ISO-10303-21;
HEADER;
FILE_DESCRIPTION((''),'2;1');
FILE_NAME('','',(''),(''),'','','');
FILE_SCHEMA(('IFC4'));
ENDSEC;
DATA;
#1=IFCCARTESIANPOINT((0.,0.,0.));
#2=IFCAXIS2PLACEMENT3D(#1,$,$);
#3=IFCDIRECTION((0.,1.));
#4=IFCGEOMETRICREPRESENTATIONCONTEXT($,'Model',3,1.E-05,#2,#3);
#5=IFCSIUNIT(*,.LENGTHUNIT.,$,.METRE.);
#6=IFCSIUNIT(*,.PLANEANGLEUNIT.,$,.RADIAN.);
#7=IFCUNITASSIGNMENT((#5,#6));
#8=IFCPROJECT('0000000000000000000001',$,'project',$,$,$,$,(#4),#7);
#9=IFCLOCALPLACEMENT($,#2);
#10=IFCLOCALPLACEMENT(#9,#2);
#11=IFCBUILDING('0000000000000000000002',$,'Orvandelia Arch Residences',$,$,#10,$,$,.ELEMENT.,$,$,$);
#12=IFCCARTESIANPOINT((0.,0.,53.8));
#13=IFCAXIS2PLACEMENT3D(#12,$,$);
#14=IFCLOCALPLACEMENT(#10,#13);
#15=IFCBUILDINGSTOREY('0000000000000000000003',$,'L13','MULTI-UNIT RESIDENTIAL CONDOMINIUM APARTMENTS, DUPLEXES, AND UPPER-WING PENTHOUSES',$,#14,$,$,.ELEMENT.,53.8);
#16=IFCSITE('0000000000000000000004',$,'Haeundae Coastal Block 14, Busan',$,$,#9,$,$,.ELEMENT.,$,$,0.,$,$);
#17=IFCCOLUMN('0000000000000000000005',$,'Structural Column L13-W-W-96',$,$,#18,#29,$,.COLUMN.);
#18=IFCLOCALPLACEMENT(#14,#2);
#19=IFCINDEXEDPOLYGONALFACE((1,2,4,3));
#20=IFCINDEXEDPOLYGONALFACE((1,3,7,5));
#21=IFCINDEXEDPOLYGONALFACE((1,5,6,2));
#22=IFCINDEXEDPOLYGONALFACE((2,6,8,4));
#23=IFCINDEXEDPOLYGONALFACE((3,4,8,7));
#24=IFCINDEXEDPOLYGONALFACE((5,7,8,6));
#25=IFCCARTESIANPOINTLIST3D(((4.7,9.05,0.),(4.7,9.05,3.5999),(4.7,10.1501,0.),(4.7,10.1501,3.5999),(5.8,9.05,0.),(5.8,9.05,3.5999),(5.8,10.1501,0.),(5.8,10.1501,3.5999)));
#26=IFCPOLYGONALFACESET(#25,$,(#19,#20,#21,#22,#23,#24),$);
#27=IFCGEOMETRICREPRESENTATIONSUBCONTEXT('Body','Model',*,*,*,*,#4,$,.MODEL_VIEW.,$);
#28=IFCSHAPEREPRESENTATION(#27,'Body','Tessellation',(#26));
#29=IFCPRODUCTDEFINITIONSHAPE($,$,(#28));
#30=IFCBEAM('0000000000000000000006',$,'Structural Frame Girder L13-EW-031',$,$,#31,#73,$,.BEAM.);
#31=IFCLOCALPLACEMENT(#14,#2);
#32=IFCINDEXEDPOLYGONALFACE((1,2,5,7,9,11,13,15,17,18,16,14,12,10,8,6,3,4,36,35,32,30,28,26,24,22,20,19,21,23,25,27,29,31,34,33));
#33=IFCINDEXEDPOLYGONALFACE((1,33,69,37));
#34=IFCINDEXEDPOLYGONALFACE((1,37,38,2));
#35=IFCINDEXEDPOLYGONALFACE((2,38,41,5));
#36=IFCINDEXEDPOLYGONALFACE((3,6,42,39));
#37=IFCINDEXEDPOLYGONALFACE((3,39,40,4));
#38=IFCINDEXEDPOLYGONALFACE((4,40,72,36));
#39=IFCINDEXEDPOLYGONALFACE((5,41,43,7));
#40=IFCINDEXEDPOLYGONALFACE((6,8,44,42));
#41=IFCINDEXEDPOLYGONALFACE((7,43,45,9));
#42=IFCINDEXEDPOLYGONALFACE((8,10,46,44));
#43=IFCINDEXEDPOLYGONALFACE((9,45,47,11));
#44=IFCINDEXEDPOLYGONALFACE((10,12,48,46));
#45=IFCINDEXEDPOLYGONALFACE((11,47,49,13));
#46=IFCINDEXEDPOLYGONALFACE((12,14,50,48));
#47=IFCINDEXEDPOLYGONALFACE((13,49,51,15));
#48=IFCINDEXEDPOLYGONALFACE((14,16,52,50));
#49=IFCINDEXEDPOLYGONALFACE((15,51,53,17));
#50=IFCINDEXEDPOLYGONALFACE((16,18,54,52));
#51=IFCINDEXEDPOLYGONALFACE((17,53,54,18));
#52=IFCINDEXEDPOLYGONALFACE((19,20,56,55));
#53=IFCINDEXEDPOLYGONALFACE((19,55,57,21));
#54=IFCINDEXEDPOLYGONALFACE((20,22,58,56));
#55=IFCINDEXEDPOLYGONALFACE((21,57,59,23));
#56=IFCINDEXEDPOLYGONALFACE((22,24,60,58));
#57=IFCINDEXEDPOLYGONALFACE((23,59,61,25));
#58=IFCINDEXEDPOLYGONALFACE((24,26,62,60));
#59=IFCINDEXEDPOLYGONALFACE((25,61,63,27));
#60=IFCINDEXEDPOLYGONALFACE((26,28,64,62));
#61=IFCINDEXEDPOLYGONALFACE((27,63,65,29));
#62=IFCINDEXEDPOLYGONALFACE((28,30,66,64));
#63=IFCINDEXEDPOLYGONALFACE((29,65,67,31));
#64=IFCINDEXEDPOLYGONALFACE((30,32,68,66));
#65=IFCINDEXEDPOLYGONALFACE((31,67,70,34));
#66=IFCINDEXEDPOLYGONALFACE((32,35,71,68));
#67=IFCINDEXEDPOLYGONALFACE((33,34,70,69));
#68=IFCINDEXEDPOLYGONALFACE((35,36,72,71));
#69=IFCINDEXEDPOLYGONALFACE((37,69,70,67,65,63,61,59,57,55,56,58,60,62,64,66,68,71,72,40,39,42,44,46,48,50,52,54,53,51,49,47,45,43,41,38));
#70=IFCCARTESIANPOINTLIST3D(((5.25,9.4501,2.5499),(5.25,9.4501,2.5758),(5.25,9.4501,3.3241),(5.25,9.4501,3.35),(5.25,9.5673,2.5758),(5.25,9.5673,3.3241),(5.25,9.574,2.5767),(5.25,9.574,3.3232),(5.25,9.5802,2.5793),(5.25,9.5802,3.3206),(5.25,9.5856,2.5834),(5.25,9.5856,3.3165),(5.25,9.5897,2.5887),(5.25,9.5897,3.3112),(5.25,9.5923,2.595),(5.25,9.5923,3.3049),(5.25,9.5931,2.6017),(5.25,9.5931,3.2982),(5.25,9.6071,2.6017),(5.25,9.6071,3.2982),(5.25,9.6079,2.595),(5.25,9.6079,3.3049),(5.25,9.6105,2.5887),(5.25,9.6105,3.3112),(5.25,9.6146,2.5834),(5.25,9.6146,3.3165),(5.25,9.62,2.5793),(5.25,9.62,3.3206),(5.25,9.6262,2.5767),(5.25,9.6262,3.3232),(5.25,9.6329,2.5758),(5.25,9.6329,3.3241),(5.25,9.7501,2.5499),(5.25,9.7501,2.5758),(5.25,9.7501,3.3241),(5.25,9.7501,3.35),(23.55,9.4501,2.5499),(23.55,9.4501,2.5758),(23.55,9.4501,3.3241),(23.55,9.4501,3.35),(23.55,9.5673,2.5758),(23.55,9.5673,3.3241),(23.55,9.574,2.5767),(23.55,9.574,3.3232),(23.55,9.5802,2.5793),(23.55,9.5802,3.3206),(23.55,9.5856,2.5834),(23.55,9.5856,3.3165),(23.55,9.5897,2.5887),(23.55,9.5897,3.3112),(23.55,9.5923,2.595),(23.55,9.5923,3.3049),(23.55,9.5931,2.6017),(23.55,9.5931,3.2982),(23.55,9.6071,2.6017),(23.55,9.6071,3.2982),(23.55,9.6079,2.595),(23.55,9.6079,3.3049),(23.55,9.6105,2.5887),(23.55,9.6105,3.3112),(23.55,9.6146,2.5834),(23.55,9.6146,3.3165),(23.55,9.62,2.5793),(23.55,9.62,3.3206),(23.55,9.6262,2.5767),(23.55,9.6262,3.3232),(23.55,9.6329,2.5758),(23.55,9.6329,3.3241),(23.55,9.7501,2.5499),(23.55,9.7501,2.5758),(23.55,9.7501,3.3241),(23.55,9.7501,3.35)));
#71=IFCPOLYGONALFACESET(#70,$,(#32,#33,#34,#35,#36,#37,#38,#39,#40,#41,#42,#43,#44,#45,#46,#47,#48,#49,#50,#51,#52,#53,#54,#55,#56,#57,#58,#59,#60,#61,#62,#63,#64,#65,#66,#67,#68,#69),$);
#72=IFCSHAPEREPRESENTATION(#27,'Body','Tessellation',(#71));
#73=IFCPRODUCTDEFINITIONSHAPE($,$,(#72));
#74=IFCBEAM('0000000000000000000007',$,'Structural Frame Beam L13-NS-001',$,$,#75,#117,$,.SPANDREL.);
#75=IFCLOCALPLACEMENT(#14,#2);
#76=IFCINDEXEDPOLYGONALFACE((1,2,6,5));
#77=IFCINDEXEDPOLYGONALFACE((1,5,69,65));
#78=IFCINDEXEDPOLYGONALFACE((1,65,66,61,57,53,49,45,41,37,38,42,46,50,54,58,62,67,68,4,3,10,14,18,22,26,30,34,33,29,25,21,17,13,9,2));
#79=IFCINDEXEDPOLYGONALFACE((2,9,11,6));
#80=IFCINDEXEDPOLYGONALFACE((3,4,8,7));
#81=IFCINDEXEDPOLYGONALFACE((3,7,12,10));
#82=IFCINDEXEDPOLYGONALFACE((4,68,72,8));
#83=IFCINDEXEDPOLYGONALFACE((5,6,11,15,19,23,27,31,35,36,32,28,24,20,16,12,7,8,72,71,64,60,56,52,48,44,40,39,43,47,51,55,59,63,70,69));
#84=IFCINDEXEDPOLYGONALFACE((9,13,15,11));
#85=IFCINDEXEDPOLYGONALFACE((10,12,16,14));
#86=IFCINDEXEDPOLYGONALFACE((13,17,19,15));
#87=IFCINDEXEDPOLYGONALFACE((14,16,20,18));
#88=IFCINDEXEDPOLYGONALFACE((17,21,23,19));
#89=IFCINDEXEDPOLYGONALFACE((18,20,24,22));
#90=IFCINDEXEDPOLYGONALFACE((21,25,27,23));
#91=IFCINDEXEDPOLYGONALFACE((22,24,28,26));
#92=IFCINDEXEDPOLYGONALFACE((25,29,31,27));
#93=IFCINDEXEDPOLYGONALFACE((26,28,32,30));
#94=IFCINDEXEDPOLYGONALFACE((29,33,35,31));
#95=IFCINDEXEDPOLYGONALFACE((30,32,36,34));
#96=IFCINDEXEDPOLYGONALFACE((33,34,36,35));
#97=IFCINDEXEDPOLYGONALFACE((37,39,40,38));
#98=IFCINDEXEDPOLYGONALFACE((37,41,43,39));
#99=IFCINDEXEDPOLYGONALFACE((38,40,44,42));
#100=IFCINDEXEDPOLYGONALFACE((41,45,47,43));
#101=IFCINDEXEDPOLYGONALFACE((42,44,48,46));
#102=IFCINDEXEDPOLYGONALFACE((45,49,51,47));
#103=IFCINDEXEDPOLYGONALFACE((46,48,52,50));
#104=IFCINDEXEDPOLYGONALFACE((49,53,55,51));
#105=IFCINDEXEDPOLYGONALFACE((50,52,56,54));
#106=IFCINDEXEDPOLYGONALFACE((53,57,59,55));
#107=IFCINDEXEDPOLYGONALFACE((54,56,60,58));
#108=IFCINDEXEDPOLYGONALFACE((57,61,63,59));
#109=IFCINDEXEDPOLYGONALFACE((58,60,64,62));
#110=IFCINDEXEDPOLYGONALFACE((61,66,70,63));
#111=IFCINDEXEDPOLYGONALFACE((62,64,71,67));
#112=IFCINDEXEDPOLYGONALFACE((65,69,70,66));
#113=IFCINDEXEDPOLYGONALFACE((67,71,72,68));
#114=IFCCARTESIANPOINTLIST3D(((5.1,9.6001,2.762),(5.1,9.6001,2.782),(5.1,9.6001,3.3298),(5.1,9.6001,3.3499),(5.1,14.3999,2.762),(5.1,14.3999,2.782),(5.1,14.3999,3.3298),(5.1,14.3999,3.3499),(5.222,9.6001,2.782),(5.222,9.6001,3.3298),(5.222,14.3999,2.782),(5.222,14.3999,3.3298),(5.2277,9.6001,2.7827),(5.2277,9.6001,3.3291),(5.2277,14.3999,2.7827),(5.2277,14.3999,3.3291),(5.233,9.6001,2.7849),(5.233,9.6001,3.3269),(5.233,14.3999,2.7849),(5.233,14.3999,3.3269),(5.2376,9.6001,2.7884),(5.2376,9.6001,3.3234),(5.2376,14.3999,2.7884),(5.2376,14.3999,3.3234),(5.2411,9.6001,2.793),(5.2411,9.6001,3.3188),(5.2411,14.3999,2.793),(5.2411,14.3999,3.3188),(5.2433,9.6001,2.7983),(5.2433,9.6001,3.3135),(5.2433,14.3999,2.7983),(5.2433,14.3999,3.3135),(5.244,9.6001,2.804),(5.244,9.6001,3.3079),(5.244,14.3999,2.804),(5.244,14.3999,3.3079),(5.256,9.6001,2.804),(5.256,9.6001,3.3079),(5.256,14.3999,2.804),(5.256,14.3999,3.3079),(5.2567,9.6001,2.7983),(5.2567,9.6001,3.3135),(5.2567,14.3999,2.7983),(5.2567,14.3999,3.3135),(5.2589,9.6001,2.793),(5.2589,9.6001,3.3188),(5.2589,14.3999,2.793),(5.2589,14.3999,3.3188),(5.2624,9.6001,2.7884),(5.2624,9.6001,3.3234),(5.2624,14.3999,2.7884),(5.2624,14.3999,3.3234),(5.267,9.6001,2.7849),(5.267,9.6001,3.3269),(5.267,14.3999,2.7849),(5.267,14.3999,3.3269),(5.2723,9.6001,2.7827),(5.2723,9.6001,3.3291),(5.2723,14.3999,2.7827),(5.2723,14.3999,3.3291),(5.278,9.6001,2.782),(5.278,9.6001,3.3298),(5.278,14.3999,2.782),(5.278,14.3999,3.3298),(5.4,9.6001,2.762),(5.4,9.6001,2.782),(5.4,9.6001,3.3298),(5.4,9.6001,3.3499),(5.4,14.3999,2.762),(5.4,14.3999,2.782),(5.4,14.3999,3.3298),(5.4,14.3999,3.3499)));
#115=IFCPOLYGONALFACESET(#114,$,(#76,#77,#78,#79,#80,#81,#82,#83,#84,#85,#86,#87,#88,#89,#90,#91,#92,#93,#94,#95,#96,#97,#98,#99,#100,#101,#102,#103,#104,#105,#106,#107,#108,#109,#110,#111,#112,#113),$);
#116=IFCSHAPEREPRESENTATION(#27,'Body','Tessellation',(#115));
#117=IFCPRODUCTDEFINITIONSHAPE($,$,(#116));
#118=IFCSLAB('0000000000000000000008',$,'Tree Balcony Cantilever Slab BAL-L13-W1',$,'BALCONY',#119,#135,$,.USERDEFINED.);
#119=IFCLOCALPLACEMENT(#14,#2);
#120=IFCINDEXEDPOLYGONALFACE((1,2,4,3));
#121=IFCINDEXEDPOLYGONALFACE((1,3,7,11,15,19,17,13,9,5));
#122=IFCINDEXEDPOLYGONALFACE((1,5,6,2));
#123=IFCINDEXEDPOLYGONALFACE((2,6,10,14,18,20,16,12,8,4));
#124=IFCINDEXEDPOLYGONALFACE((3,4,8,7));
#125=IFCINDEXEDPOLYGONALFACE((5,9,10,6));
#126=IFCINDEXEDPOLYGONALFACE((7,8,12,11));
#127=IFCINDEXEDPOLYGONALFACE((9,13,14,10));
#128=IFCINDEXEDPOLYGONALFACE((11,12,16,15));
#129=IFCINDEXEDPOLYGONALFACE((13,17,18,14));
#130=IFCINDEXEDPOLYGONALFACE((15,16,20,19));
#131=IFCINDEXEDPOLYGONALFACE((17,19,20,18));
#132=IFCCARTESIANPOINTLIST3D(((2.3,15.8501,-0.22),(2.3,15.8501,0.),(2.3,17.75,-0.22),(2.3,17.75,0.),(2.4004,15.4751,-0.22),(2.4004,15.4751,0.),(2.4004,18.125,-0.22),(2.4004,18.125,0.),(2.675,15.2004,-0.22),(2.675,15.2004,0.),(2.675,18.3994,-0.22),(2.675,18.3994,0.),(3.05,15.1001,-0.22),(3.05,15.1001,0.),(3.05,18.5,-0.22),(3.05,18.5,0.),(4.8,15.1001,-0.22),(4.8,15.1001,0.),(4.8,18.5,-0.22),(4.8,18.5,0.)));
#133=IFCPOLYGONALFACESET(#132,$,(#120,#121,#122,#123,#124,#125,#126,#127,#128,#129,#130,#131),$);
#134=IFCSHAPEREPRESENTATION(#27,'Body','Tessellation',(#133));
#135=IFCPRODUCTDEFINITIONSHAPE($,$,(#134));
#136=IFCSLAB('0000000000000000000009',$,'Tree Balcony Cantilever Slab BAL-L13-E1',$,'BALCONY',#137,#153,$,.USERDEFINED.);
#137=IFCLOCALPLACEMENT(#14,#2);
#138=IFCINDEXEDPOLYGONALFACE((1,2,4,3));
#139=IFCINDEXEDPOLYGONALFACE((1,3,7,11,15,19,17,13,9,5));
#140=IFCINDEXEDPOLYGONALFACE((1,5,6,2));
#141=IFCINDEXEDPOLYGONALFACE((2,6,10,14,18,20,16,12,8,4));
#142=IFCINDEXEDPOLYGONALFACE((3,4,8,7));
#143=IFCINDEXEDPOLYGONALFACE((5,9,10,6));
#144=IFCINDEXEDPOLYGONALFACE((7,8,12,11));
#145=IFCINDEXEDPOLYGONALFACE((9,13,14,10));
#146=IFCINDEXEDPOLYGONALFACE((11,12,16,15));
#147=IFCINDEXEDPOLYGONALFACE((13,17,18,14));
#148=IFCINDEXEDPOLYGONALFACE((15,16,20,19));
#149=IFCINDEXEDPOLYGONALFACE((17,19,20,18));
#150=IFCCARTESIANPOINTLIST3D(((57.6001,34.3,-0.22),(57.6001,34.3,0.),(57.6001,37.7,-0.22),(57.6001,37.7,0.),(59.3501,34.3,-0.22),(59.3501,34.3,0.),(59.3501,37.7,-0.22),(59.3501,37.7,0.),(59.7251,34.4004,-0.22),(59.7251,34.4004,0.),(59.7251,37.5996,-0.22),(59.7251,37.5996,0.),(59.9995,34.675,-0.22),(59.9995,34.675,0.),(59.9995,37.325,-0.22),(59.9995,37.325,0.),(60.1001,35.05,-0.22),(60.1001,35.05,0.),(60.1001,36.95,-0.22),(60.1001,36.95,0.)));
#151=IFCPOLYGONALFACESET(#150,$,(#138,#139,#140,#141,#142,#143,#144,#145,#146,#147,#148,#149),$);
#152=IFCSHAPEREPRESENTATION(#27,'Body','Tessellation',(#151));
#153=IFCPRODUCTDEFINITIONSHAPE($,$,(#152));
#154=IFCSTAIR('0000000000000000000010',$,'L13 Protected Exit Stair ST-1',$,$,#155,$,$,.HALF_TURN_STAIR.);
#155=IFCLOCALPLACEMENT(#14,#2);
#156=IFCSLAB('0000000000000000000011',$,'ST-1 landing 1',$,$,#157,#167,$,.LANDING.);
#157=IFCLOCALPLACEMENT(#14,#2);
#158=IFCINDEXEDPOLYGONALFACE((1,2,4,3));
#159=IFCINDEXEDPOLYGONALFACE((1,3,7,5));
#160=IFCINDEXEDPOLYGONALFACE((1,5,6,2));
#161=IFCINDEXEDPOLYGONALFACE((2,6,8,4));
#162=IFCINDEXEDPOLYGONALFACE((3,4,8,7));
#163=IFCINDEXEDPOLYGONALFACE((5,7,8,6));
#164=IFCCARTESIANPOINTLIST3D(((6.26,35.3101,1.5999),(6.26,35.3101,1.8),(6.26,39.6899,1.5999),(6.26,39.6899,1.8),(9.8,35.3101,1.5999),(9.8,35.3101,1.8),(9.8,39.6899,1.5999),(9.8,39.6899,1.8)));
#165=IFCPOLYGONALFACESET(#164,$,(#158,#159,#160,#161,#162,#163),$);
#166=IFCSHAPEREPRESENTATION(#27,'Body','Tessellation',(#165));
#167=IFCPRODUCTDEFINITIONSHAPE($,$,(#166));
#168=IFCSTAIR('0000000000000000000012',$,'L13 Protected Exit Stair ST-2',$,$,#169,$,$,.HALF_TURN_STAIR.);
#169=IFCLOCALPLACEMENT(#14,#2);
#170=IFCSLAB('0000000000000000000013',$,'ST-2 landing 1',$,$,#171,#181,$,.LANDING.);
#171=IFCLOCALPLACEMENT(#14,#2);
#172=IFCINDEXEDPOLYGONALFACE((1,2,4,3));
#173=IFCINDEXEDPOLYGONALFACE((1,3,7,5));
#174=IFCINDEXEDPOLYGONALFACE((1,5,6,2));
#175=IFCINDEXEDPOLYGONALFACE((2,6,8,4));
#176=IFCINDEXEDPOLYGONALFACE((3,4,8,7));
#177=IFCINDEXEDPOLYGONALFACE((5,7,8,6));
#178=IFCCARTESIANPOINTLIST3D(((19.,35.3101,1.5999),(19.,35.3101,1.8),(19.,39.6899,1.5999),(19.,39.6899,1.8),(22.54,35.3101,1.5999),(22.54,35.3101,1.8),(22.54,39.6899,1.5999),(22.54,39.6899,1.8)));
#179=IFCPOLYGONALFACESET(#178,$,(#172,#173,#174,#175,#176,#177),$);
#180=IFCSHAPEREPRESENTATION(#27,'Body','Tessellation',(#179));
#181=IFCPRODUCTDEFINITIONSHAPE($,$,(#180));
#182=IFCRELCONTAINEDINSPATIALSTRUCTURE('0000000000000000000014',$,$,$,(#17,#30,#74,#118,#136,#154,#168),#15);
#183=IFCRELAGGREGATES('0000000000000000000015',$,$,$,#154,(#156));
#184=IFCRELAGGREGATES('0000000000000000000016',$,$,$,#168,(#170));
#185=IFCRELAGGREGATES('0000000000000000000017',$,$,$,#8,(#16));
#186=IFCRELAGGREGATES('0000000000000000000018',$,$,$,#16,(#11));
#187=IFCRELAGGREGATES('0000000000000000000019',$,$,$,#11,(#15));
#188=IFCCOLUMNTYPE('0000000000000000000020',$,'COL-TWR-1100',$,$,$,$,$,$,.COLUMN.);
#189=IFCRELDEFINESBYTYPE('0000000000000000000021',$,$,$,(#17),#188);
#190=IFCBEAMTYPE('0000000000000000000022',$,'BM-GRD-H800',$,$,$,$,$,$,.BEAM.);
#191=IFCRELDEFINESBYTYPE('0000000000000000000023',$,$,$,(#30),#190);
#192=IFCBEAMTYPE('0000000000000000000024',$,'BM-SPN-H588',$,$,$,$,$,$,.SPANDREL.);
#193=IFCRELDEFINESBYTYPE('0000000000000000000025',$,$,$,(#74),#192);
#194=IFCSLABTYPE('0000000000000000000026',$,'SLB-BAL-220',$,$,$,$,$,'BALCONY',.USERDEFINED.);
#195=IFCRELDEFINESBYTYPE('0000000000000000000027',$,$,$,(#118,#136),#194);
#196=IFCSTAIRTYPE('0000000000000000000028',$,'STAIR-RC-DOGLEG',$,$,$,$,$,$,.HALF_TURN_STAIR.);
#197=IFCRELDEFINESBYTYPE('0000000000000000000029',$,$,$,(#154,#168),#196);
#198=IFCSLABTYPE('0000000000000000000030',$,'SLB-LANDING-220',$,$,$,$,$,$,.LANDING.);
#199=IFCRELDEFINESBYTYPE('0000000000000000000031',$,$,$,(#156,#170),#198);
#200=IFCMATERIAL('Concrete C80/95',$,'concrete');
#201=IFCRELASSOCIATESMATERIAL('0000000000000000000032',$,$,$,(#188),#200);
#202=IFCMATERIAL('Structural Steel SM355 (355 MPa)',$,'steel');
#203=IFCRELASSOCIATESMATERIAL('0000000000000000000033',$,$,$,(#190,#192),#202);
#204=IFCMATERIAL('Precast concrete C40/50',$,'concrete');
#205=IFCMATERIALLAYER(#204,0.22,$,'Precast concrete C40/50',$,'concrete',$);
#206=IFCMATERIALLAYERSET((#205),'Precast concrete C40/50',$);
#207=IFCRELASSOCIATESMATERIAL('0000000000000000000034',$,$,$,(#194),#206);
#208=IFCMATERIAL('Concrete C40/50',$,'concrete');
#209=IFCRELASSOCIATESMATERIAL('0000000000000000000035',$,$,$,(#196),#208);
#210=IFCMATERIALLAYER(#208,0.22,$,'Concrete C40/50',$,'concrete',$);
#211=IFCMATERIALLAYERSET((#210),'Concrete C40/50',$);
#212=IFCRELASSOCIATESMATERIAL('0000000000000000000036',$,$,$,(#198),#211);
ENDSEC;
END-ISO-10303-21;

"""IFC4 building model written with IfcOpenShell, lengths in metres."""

from ifc_helpers import new_model, si_unit, direction, frame, origin, origin_2d, place, context, subcontext, project, spatial, polyline, rectangle, i_section, outline, extrude, material, layer, layer_set, material_profile, profile_set, type_object, element, aggregate, save


model = new_model("IFC4")

# Units and contexts
model_context = context("Model", 3, precision=1e-05, world=origin(), true_north=direction((0.0, 1.0)))
body_context = subcontext(model_context, "Body", "Model", "MODEL_VIEW")
ifc_project = project(units=[si_unit("LENGTHUNIT", "METRE"), si_unit("PLANEANGLEUNIT", "RADIAN")], contexts=[model_context])

# Site, building, storey
site_placement = place(None, origin())
site = spatial("IfcSite", under=ifc_project, at=site_placement, Name="Haeundae Coastal Block 14, Busan", CompositionType="ELEMENT", RefElevation=0.0)
building_placement = place(site_placement, origin())
building = spatial("IfcBuilding", under=site, at=building_placement, Name="Orvandelia Arch Residences", CompositionType="ELEMENT")
storey_placement = place(building_placement, frame((0.0, 0.0, 53.8)))
storey = spatial("IfcBuildingStorey", under=building, at=storey_placement, Name="L13", Description="MULTI-UNIT RESIDENTIAL CONDOMINIUM APARTMENTS, DUPLEXES, AND UPPER-WING PENTHOUSES", CompositionType="ELEMENT", Elevation=53.8)

# Column
ifc_material_1 = material(Name="Concrete C80/95", Category="concrete")
ifc_material_profile_1 = material_profile(ifc_material_1, rectangle(XDim=1.1001, YDim=1.1001, at=origin_2d()), Name="Concrete C80/95", Category="concrete")
ifc_profile_set_1 = profile_set([ifc_material_profile_1], Name="Concrete C80/95")
column_type = type_object("IfcColumnType", Name="COL-TWR-1100", PredefinedType="COLUMN", material=ifc_profile_set_1)
column_placement = place(storey_placement, frame((5.25, 9.6001, 0.0), z_axis=(0.0, 0.0, 1.0), x_axis=(1.0, 0.0, 0.0)))
element("IfcColumn", 1, at=column_placement, inside=storey, type_object=column_type, Name="Structural Column L13-W-W-96", PredefinedType="COLUMN", context=body_context, shape_type="SweptSolid", body=[
    extrude(rectangle(XDim=1.1001, YDim=1.1001, at=origin_2d()), origin(), (0.0, 0.0, 1.0), 3.5999),
])

# Beams
ifc_material_2 = material(Name="Structural Steel SM355 (355 MPa)", Category="steel")
ifc_material_profile_2 = material_profile(ifc_material_2, i_section(OverallWidth=0.3, OverallDepth=0.8, WebThickness=0.0139, FlangeThickness=0.0259, FilletRadius=0.0259, at=origin_2d()), Name="Structural Steel SM355 (355 MPa)", Category="steel")
ifc_profile_set_2 = profile_set([ifc_material_profile_2], Name="Structural Steel SM355 (355 MPa)")
beam_type_1 = type_object("IfcBeamType", Name="BM-GRD-H800", PredefinedType="BEAM", material=ifc_profile_set_2)
beam_1_placement = place(storey_placement, frame((5.25, 9.6001, 2.95), z_axis=(1.0, 0.0, 0.0), x_axis=(0.0, 1.0, 0.0)))
element("IfcBeam", 2, at=beam_1_placement, inside=storey, type_object=beam_type_1, Name="Structural Frame Girder L13-EW-031", PredefinedType="BEAM", context=body_context, shape_type="SweptSolid", body=[
    extrude(i_section(OverallWidth=0.3, OverallDepth=0.8, WebThickness=0.0139, FlangeThickness=0.0259, FilletRadius=0.0259, at=origin_2d()), origin(), (0.0, 0.0, 1.0), 18.3),
])
ifc_material_profile_3 = material_profile(ifc_material_2, i_section(OverallWidth=0.3, OverallDepth=0.5879, WebThickness=0.012, FlangeThickness=0.02, FilletRadius=0.022, at=origin_2d()), Name="Structural Steel SM355 (355 MPa)", Category="steel")
ifc_profile_set_3 = profile_set([ifc_material_profile_3], Name="Structural Steel SM355 (355 MPa)")
beam_type_2 = type_object("IfcBeamType", Name="BM-SPN-H588", PredefinedType="SPANDREL", material=ifc_profile_set_3)
beam_2_placement = place(storey_placement, frame((5.25, 9.6001, 3.0559), z_axis=(0.0, 1.0, 0.0), x_axis=(-1.0, 0.0, 0.0)))
element("IfcBeam", 3, at=beam_2_placement, inside=storey, type_object=beam_type_2, Name="Structural Frame Beam L13-NS-001", PredefinedType="SPANDREL", context=body_context, shape_type="SweptSolid", body=[
    extrude(i_section(OverallWidth=0.3, OverallDepth=0.5879, WebThickness=0.012, FlangeThickness=0.02, FilletRadius=0.022, at=origin_2d()), origin(), (0.0, 0.0, 1.0), 4.7998),
])

# Slabs
ifc_material_3 = material(Name="Precast concrete C40/50", Category="concrete")
ifc_layer_1 = layer(ifc_material_3, 0.22, Name="Precast concrete C40/50", Category="concrete")
ifc_layer_set_1 = layer_set([ifc_layer_1], Name="Precast concrete C40/50")
slab_type_1 = type_object("IfcSlabType", Name="SLB-BAL-220", ElementType="BALCONY", PredefinedType="USERDEFINED", material=ifc_layer_set_1)
slab_1_placement = place(storey_placement, frame((0.0, 0.0, -0.22)))
element("IfcSlab", 4, at=slab_1_placement, inside=storey, type_object=slab_type_1, Name="Tree Balcony Cantilever Slab BAL-L13-W1", ObjectType="BALCONY", PredefinedType="USERDEFINED", context=body_context, shape_type="SweptSolid", body=[
    extrude(outline(polyline([(4.8, 15.1001), (4.8, 18.5), (3.05, 18.5), (2.675, 18.3994), (2.4004, 18.125), (2.3, 17.75), (2.3, 15.8501), (2.4004, 15.4751), (2.675, 15.2004), (3.05, 15.1001), (4.8, 15.1001)])), origin(), (0.0, 0.0, 1.0), 0.22),
])
slab_2_placement = place(storey_placement, frame((0.0, 0.0, -0.22)))
element("IfcSlab", 5, at=slab_2_placement, inside=storey, type_object=slab_type_1, Name="Tree Balcony Cantilever Slab BAL-L13-E1", ObjectType="BALCONY", PredefinedType="USERDEFINED", context=body_context, shape_type="SweptSolid", body=[
    extrude(outline(polyline([(57.6001, 37.7), (57.6001, 34.3), (59.3501, 34.3), (59.7251, 34.4004), (59.9995, 34.675), (60.1001, 35.05), (60.1001, 36.95), (59.9995, 37.325), (59.7251, 37.5996), (59.3501, 37.7), (57.6001, 37.7)])), origin(), (0.0, 0.0, 1.0), 0.22),
])

# Stairs, slabs
ifc_material_4 = material(Name="Concrete C40/50", Category="concrete")
stair_type = type_object("IfcStairType", Name="STAIR-RC-DOGLEG", PredefinedType="HALF_TURN_STAIR", material=ifc_material_4)
stair_1_placement = place(storey_placement, origin())
stair_1 = element("IfcStair", 6, at=stair_1_placement, inside=storey, type_object=stair_type, Name="L13 Protected Exit Stair ST-1", PredefinedType="HALF_TURN_STAIR")
ifc_layer_2 = layer(ifc_material_4, 0.22, Name="Concrete C40/50", Category="concrete")
ifc_layer_set_2 = layer_set([ifc_layer_2], Name="Concrete C40/50")
slab_type_2 = type_object("IfcSlabType", Name="SLB-LANDING-220", PredefinedType="LANDING", material=ifc_layer_set_2)
slab_3_placement = place(storey_placement, frame((0.0, 0.0, 1.5999)))
slab_3 = element("IfcSlab", 7, at=slab_3_placement, type_object=slab_type_2, Name="ST-1 landing 1", PredefinedType="LANDING", context=body_context, shape_type="SweptSolid", body=[
    extrude(outline(polyline([(9.8, 35.3101), (9.8, 39.6899), (6.26, 39.6899), (6.26, 35.3101), (9.8, 35.3101)])), origin(), (0.0, 0.0, 1.0), 0.2002),
])
aggregate(stair_1, [slab_3])
stair_2_placement = place(storey_placement, origin())
stair_2 = element("IfcStair", 8, at=stair_2_placement, inside=storey, type_object=stair_type, Name="L13 Protected Exit Stair ST-2", PredefinedType="HALF_TURN_STAIR")
slab_4_placement = place(storey_placement, frame((0.0, 0.0, 1.5999)))
slab_4 = element("IfcSlab", 9, at=slab_4_placement, type_object=slab_type_2, Name="ST-2 landing 1", PredefinedType="LANDING", context=body_context, shape_type="SweptSolid", body=[
    extrude(outline(polyline([(22.54, 35.3101), (22.54, 39.6899), (19.0, 39.6899), (19.0, 35.3101), (22.54, 35.3101)])), origin(), (0.0, 0.0, 1.0), 0.2002),
])
aggregate(stair_2, [slab_4])

save(model, "model.ifc")
